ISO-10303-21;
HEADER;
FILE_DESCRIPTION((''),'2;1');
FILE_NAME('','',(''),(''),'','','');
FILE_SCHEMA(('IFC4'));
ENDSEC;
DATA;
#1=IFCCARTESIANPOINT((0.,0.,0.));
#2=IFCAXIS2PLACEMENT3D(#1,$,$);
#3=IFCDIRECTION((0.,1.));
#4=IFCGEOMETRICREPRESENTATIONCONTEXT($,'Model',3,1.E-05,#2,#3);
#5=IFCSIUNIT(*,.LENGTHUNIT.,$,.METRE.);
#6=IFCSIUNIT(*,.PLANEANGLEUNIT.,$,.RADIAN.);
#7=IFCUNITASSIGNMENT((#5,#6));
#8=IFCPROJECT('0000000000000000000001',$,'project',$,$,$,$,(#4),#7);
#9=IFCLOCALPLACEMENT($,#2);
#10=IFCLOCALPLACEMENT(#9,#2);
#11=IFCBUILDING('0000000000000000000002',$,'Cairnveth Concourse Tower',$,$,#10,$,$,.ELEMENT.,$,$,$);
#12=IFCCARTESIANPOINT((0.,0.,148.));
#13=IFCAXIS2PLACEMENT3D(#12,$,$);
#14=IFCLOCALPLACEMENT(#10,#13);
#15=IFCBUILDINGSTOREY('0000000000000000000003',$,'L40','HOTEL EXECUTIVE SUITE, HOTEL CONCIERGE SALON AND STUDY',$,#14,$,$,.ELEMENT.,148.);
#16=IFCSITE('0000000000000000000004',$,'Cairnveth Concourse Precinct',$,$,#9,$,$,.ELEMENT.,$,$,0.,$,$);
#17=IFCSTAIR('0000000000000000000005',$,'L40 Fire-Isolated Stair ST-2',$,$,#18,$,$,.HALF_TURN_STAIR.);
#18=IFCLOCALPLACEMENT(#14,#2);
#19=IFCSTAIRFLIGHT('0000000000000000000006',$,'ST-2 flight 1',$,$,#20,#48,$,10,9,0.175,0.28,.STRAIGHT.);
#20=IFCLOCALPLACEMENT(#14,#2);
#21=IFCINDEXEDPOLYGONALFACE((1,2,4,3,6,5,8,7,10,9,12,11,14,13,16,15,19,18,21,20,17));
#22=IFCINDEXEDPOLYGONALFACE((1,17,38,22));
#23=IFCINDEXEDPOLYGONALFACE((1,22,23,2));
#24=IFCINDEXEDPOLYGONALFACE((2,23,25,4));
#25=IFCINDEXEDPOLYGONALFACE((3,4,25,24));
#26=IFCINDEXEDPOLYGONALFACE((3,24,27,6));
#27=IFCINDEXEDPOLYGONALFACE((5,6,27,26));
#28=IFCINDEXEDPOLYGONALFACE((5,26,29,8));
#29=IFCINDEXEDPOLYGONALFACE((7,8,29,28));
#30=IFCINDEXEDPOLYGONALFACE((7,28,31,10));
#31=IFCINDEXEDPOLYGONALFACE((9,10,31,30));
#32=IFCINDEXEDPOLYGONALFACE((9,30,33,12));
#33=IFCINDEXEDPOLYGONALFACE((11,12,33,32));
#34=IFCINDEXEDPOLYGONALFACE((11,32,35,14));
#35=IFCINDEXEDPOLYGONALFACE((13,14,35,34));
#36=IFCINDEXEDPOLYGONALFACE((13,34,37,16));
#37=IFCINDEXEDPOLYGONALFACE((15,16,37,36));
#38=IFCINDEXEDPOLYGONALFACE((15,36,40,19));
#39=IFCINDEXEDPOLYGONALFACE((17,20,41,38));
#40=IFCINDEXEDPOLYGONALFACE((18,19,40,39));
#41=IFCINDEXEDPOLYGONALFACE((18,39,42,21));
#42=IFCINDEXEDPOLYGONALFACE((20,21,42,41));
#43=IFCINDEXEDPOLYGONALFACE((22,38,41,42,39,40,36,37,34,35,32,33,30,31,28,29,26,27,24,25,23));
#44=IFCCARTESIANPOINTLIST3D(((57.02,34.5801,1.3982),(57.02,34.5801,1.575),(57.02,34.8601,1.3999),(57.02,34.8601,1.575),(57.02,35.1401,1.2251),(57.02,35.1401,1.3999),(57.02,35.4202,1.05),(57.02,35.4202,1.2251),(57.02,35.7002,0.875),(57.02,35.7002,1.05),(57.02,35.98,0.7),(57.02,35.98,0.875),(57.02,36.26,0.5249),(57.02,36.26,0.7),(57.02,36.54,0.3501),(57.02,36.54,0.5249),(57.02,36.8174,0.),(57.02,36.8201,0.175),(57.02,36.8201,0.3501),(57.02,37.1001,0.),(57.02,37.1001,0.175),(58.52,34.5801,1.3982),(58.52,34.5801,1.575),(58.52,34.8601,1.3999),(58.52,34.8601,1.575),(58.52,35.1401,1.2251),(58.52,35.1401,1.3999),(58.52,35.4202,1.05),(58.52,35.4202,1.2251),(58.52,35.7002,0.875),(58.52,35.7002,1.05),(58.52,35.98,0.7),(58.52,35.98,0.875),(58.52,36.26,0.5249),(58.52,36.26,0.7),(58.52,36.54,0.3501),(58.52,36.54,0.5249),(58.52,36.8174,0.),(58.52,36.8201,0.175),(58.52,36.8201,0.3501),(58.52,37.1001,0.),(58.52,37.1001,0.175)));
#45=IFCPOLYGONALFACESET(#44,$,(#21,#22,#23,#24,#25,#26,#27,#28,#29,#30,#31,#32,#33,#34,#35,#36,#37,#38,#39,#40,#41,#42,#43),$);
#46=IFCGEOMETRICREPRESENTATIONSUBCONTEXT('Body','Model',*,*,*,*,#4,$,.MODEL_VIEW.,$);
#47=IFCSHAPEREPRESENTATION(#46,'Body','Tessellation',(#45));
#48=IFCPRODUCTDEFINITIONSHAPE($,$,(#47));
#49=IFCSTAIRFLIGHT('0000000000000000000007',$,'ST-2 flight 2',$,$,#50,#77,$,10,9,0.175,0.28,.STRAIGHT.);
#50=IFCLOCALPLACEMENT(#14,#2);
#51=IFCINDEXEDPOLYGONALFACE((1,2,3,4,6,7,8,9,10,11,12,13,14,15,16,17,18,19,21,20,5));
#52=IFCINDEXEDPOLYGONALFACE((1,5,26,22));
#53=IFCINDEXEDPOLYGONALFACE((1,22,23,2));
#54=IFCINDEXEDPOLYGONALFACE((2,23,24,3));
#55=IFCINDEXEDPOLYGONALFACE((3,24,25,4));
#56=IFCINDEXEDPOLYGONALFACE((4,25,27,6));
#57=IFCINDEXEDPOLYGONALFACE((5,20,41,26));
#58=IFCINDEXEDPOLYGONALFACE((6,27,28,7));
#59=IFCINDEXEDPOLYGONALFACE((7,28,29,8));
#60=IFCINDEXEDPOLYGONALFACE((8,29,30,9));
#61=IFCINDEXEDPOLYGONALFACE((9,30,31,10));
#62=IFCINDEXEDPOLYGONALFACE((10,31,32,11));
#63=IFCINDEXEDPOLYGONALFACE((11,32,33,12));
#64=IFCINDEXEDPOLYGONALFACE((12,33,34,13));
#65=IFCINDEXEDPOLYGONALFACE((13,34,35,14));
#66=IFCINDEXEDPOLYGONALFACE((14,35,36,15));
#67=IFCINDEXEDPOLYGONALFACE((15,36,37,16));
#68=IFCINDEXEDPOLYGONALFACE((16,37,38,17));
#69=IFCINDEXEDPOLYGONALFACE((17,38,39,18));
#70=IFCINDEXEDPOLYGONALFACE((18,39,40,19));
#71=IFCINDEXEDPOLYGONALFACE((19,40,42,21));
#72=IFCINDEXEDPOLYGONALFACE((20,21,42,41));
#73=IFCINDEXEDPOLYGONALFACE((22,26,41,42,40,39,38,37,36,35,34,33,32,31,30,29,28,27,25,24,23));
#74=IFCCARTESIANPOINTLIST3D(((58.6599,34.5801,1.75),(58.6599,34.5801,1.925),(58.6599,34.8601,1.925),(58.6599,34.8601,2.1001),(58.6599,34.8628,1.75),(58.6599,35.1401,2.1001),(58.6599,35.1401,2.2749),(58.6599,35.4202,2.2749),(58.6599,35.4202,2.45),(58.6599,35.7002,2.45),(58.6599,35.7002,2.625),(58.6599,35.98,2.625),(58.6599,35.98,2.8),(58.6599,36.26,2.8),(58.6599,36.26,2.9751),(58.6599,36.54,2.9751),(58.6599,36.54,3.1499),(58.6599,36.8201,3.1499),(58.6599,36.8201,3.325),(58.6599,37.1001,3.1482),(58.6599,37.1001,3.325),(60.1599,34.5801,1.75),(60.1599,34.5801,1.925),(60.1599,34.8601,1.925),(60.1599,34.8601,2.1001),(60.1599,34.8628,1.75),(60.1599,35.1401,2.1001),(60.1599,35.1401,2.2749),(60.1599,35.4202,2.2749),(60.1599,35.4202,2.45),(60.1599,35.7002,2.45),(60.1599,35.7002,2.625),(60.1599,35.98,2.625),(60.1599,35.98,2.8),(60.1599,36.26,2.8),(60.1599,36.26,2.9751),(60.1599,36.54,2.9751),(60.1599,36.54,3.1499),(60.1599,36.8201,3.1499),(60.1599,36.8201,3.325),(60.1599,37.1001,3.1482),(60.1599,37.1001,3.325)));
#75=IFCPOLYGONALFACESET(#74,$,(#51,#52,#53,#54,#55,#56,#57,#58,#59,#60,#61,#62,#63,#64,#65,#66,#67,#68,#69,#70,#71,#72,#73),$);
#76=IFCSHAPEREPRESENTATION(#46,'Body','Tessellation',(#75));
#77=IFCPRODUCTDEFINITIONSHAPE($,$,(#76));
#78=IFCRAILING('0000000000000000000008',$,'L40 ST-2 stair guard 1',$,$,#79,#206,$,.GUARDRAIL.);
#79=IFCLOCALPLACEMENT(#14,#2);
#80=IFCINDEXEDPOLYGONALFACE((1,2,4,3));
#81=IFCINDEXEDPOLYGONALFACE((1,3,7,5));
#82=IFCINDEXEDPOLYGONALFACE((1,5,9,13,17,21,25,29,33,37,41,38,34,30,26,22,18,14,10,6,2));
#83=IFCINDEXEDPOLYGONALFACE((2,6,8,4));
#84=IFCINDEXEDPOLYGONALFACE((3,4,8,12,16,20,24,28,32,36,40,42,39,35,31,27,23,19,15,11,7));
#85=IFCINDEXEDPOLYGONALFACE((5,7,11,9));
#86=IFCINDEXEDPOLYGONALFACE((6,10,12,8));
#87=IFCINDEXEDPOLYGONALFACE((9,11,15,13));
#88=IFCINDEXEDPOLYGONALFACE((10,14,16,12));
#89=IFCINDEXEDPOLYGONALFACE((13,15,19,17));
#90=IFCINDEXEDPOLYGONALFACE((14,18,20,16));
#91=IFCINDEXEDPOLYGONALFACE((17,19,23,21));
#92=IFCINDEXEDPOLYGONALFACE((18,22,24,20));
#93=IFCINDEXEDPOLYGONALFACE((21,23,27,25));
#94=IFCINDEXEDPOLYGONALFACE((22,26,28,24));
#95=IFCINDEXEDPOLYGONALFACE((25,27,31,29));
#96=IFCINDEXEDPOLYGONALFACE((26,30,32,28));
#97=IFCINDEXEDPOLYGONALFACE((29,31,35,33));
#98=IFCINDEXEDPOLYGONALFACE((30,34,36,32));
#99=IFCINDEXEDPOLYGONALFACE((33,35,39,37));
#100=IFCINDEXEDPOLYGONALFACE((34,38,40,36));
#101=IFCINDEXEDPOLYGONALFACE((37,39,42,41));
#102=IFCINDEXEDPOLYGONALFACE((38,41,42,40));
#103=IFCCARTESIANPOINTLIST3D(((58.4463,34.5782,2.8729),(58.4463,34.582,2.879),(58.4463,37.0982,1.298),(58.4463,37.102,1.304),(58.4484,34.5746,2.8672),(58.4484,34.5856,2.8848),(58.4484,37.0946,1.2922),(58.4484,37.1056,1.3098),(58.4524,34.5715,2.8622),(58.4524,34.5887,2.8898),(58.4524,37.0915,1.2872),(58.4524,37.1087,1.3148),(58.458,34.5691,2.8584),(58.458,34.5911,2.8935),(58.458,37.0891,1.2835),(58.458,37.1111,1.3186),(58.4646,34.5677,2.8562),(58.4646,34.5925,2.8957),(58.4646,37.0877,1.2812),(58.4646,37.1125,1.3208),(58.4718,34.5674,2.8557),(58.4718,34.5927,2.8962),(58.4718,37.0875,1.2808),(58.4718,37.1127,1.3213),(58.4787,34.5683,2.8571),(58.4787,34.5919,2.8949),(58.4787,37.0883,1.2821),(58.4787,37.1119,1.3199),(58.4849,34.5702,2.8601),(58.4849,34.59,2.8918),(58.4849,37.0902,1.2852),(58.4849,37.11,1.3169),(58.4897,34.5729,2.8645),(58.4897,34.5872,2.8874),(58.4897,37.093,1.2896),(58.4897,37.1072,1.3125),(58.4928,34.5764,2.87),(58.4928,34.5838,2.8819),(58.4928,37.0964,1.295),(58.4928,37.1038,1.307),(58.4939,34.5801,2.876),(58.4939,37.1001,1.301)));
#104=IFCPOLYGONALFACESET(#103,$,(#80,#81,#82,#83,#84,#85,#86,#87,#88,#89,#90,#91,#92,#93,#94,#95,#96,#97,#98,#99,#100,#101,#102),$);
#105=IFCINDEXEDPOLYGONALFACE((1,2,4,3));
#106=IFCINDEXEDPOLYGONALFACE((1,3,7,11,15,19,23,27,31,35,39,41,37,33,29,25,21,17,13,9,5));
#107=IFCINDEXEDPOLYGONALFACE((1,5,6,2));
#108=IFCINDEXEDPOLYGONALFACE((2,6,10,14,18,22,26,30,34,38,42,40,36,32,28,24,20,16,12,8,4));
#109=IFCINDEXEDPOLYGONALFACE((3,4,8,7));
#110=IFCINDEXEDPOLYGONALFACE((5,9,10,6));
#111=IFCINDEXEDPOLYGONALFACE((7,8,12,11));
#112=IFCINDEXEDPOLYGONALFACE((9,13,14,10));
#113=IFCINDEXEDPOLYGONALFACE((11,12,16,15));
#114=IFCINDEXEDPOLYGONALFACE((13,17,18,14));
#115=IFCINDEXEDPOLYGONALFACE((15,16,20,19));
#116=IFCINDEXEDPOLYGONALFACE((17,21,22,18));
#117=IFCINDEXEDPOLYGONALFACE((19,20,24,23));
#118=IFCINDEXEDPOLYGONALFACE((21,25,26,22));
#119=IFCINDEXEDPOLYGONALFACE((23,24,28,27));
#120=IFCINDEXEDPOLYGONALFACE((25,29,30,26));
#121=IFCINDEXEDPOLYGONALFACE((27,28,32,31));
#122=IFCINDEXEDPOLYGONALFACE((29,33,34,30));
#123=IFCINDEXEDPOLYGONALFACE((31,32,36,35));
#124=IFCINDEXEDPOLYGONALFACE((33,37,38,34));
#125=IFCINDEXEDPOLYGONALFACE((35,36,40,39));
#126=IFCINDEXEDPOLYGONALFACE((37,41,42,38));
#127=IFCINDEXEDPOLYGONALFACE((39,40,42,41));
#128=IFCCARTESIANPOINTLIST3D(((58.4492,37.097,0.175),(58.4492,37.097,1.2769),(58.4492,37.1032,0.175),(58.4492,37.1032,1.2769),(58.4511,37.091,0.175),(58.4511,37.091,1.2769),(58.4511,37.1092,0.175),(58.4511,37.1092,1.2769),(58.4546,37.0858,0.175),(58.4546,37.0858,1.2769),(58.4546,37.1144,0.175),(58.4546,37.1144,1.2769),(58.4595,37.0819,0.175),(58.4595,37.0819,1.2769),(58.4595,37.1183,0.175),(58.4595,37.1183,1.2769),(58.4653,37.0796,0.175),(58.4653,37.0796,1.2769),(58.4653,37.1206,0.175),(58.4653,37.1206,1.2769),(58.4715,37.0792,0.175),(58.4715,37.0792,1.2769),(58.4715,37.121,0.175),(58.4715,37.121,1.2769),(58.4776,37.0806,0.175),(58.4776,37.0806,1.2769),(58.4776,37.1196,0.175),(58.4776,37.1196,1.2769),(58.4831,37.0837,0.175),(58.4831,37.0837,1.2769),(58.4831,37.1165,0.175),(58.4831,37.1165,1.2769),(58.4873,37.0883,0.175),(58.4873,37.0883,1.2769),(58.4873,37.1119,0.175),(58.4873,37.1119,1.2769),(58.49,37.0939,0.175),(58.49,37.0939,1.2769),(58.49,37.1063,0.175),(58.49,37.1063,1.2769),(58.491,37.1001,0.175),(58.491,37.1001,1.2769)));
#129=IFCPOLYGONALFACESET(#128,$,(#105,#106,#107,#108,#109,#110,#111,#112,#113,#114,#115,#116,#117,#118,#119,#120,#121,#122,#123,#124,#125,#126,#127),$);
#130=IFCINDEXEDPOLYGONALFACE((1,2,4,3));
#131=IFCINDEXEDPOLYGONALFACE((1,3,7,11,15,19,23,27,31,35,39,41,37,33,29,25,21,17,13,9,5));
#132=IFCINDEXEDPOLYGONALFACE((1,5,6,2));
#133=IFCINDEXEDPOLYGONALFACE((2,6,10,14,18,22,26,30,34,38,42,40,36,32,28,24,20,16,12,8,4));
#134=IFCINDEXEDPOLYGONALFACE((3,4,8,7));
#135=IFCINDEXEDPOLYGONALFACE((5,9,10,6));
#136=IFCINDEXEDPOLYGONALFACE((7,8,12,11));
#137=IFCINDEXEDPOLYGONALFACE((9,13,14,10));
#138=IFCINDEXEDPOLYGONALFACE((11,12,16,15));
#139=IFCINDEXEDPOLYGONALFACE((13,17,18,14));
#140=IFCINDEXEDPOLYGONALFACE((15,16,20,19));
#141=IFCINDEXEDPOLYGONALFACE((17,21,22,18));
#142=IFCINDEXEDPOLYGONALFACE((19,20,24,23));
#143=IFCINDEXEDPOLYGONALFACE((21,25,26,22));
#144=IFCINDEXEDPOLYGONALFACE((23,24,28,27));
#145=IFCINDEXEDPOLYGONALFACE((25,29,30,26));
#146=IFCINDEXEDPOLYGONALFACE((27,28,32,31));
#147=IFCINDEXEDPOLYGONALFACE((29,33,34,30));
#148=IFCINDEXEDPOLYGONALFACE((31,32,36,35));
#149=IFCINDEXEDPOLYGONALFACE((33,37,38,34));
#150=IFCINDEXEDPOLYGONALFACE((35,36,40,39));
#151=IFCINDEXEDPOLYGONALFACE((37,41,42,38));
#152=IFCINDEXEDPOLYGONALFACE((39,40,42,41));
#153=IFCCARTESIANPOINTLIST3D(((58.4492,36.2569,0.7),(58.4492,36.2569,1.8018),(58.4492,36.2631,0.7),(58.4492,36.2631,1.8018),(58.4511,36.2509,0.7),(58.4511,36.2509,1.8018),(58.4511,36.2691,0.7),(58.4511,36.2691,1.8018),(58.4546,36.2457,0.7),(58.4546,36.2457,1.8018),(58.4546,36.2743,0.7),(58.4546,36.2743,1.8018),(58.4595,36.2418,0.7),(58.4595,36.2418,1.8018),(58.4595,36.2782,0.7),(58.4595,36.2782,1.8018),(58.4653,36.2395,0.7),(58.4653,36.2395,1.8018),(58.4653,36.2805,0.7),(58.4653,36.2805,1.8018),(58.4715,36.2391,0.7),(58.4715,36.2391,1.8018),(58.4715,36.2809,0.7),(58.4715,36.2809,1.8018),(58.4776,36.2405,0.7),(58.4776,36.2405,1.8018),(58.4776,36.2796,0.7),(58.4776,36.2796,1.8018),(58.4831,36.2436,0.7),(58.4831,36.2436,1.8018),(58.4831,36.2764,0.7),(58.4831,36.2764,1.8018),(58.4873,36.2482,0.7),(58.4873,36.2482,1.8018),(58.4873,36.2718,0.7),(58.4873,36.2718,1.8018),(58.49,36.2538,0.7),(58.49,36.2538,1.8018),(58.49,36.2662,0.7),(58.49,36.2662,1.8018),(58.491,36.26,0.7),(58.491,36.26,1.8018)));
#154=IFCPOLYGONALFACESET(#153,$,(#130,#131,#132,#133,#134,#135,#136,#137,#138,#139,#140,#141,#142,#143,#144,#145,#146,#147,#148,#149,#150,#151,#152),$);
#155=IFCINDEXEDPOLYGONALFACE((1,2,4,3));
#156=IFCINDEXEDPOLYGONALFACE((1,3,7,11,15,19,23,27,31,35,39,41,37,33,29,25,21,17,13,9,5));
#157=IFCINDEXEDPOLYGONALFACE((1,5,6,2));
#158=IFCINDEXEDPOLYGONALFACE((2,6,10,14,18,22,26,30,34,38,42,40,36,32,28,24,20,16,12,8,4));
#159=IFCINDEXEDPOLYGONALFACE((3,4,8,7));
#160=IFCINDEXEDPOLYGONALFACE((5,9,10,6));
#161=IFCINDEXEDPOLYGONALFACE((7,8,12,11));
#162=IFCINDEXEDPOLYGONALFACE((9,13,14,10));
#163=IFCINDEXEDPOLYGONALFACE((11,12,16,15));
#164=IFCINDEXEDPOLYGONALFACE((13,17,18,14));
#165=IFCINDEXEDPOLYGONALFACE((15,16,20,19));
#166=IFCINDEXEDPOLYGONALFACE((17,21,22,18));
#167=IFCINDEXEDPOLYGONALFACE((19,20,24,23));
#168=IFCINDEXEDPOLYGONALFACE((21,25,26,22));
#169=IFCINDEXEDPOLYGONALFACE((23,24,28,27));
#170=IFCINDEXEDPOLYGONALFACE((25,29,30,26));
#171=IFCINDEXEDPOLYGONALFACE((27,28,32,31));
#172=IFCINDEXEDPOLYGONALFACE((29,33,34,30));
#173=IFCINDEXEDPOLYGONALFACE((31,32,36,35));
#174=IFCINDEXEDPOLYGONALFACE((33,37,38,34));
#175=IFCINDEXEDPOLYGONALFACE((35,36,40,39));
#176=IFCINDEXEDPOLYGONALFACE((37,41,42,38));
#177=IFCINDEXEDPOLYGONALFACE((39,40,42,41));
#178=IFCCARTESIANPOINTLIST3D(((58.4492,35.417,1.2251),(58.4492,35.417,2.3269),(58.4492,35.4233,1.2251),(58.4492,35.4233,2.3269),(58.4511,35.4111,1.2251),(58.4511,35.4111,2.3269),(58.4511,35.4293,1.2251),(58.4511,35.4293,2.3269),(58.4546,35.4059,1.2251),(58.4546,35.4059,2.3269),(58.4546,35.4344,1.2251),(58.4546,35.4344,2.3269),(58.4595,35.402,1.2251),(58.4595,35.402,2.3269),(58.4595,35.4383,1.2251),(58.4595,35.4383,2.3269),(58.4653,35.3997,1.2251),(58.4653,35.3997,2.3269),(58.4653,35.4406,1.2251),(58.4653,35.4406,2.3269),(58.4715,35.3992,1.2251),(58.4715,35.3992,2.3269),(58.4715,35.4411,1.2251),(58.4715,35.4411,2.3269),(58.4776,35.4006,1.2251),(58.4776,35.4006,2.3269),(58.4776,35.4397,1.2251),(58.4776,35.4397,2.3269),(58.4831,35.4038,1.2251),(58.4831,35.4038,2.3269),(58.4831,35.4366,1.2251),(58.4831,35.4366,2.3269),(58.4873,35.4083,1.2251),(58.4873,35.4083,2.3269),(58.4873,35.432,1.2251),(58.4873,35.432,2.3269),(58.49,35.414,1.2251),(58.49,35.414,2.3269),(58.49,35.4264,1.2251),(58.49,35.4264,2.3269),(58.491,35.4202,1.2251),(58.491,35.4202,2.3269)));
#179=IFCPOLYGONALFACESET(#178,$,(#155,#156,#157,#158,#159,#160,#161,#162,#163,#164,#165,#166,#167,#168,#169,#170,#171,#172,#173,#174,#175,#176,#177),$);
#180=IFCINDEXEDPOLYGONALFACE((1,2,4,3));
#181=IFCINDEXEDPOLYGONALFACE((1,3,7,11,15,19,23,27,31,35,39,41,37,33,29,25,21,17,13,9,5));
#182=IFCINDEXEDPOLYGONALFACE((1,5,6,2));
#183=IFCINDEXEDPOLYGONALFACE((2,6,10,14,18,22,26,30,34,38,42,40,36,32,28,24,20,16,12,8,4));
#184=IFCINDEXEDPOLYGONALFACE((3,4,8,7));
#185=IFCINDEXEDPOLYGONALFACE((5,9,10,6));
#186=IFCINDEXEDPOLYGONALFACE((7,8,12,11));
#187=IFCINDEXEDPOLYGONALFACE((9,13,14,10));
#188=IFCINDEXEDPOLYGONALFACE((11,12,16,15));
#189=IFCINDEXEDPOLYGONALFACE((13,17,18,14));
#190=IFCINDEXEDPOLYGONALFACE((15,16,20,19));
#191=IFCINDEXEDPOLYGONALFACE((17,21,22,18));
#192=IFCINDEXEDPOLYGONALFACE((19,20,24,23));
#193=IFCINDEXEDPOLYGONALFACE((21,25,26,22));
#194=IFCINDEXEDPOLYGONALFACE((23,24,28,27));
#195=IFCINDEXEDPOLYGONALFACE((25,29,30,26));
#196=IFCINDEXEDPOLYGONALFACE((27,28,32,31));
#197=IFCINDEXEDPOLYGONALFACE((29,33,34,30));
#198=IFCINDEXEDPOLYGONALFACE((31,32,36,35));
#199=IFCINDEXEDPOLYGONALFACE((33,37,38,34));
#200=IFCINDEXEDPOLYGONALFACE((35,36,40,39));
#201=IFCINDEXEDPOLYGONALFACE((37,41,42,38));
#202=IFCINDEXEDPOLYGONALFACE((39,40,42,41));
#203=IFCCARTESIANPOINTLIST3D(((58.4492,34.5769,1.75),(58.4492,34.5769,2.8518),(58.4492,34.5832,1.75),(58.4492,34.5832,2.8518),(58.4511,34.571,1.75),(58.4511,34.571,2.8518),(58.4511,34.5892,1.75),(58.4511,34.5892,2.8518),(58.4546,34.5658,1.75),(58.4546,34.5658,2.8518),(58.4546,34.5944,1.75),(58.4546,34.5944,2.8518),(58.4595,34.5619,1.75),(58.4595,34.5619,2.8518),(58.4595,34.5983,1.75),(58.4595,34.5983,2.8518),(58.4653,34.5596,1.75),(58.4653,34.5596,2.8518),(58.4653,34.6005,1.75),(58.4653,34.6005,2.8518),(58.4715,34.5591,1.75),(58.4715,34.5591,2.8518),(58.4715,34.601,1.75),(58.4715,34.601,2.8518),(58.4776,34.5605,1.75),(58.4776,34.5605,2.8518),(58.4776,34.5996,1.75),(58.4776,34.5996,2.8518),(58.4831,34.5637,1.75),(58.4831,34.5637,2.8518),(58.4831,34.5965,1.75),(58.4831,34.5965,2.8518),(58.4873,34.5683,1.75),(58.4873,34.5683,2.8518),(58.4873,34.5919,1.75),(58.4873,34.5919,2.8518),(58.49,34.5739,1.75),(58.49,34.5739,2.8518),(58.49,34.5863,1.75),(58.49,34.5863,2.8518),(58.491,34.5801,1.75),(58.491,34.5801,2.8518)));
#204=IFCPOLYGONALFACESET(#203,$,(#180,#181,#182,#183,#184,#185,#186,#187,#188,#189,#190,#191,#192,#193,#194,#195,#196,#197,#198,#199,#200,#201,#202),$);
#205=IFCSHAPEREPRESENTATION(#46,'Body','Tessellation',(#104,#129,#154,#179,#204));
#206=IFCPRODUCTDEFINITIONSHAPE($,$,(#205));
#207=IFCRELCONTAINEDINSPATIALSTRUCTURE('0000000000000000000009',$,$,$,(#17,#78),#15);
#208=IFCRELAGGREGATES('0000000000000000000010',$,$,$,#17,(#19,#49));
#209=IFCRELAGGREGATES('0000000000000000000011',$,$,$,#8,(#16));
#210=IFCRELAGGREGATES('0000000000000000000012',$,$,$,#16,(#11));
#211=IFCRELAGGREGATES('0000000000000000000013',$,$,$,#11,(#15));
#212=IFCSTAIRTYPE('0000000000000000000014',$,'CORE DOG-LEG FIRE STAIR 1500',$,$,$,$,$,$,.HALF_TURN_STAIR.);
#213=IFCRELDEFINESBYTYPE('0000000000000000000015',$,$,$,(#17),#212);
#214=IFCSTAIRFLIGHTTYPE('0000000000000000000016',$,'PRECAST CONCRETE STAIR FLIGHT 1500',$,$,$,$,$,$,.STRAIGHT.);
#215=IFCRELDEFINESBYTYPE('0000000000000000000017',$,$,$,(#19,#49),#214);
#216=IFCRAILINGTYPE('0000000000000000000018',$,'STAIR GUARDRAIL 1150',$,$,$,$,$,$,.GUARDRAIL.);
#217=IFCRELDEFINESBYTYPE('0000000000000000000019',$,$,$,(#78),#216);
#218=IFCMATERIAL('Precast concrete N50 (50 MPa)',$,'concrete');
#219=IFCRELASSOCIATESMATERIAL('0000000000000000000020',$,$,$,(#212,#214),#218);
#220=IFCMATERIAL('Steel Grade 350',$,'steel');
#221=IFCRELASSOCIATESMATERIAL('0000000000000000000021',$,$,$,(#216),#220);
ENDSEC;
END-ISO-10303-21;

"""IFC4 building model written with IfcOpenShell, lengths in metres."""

from ifc_helpers import new_model, si_unit, direction, frame, origin, origin_2d, place, context, subcontext, project, spatial, polyline, circle, outline, extrude, material, type_object, element, aggregate, save


model = new_model("IFC4")

# Units and contexts
model_context = context("Model", 3, precision=1e-05, world=origin(), true_north=direction((0.0, 1.0)))
body_context = subcontext(model_context, "Body", "Model", "MODEL_VIEW")
ifc_project = project(units=[si_unit("LENGTHUNIT", "METRE"), si_unit("PLANEANGLEUNIT", "RADIAN")], contexts=[model_context])

# Site, building, storey
site_placement = place(None, origin())
site = spatial("IfcSite", under=ifc_project, at=site_placement, Name="Cairnveth Concourse Precinct", CompositionType="ELEMENT", RefElevation=0.0)
building_placement = place(site_placement, origin())
building = spatial("IfcBuilding", under=site, at=building_placement, Name="Cairnveth Concourse Tower", CompositionType="ELEMENT")
storey_placement = place(building_placement, frame((0.0, 0.0, 148.0)))
storey = spatial("IfcBuildingStorey", under=building, at=storey_placement, Name="L40", Description="HOTEL EXECUTIVE SUITE, HOTEL CONCIERGE SALON AND STUDY", CompositionType="ELEMENT", Elevation=148.0)

# Shared definitions
ifc_material_1 = material(Name="Steel Grade 350", Category="steel")

# Stair, stair flights
ifc_material_2 = material(Name="Precast concrete N50 (50 MPa)", Category="concrete")
stair_type = type_object("IfcStairType", Name="CORE DOG-LEG FIRE STAIR 1500", PredefinedType="HALF_TURN_STAIR", material=ifc_material_2)
stair_placement = place(storey_placement, origin())
stair = element("IfcStair", 1, at=stair_placement, inside=storey, type_object=stair_type, Name="L40 Fire-Isolated Stair ST-2", PredefinedType="HALF_TURN_STAIR")
stair_flight_type = type_object("IfcStairFlightType", Name="PRECAST CONCRETE STAIR FLIGHT 1500", PredefinedType="STRAIGHT", material=ifc_material_2)
stair_flight_1_placement = place(storey_placement, frame((57.77, 37.1001, 0.0), z_axis=(0.0, 0.0, 1.0), x_axis=(0.0, -1.0, 0.0)))
stair_flight_1 = element("IfcStairFlight", 2, at=stair_flight_1_placement, type_object=stair_flight_type, Name="ST-2 flight 1", NumberOfRisers=10, NumberOfTreads=9, PredefinedType="STRAIGHT", RiserHeight=0.175, TreadLength=0.28, context=body_context, shape_type="SweptSolid", body=[
    extrude(outline(polyline([(0.0, 0.0), (0.0, 0.175), (0.28, 0.175), (0.28, 0.3501), (0.5601, 0.3501), (0.5601, 0.5249), (0.8401, 0.5249), (0.8401, 0.7), (1.1201, 0.7), (1.1201, 0.875), (1.3999, 0.875), (1.3999, 1.05), (1.6799, 1.05), (1.6799, 1.2251), (1.96, 1.2251), (1.96, 1.3999), (2.24, 1.3999), (2.24, 1.575), (2.52, 1.575), (2.52, 1.75), (2.52, 1.3982), (0.2827, 0.0), (0.0, 0.0)])), frame((0.0, 0.75, 0.0), z_axis=(0.0, -1.0, 0.0), x_axis=(1.0, 0.0, 0.0)), (0.0, 0.0, 1.0), 1.5),
])
stair_flight_2_placement = place(storey_placement, frame((59.4099, 34.5801, 1.75), z_axis=(0.0, 0.0, 1.0), x_axis=(0.0, 1.0, 0.0)))
stair_flight_2 = element("IfcStairFlight", 3, at=stair_flight_2_placement, type_object=stair_flight_type, Name="ST-2 flight 2", NumberOfRisers=10, NumberOfTreads=9, PredefinedType="STRAIGHT", RiserHeight=0.175, TreadLength=0.28, context=body_context, shape_type="SweptSolid", body=[
    extrude(outline(polyline([(0.0, 0.0), (0.0, 0.175), (0.28, 0.175), (0.28, 0.3501), (0.5601, 0.3501), (0.5601, 0.5249), (0.8401, 0.5249), (0.8401, 0.7), (1.1201, 0.7), (1.1201, 0.875), (1.3999, 0.875), (1.3999, 1.05), (1.6799, 1.05), (1.6799, 1.2251), (1.96, 1.2251), (1.96, 1.3999), (2.24, 1.3999), (2.24, 1.575), (2.52, 1.575), (2.52, 1.75), (2.52, 1.3982), (0.2827, 0.0), (0.0, 0.0)])), frame((0.0, 0.75, 0.0), z_axis=(0.0, -1.0, 0.0), x_axis=(1.0, 0.0, 0.0)), (0.0, 0.0, 1.0), 1.5),
])
aggregate(stair, [stair_flight_1, stair_flight_2])

# Railing
railing_type_1 = type_object("IfcRailingType", Name="STAIR GUARDRAIL 1150", PredefinedType="GUARDRAIL", material=ifc_material_1)
railing_1_placement = place(storey_placement, frame((58.47, 37.1001, 0.175)))
element("IfcRailing", 4, at=railing_1_placement, inside=storey, type_object=railing_type_1, Name="L40 ST-2 stair guard 1", PredefinedType="GUARDRAIL", context=body_context, shape_type="SweptSolid", body=[
    extrude(circle(Radius=0.0239, at=origin_2d()), frame((0.0, 0.0, 1.126), z_axis=(0.0, -0.848008, 0.529984), x_axis=(1.0, 0.0, 0.0)), (0.0, 0.0, 1.0), 2.9717),
    extrude(circle(Radius=0.021, at=origin_2d()), origin(), (0.0, 0.0, 1.0), 1.1018),
    extrude(circle(Radius=0.021, at=origin_2d()), frame((0.0, -0.8401, 0.5249)), (0.0, 0.0, 1.0), 1.1018),
    extrude(circle(Radius=0.021, at=origin_2d()), frame((0.0, -1.6799, 1.05)), (0.0, 0.0, 1.0), 1.1018),
    extrude(circle(Radius=0.021, at=origin_2d()), frame((0.0, -2.52, 1.575)), (0.0, 0.0, 1.0), 1.1018),
])

save(model, "model.ifc")
